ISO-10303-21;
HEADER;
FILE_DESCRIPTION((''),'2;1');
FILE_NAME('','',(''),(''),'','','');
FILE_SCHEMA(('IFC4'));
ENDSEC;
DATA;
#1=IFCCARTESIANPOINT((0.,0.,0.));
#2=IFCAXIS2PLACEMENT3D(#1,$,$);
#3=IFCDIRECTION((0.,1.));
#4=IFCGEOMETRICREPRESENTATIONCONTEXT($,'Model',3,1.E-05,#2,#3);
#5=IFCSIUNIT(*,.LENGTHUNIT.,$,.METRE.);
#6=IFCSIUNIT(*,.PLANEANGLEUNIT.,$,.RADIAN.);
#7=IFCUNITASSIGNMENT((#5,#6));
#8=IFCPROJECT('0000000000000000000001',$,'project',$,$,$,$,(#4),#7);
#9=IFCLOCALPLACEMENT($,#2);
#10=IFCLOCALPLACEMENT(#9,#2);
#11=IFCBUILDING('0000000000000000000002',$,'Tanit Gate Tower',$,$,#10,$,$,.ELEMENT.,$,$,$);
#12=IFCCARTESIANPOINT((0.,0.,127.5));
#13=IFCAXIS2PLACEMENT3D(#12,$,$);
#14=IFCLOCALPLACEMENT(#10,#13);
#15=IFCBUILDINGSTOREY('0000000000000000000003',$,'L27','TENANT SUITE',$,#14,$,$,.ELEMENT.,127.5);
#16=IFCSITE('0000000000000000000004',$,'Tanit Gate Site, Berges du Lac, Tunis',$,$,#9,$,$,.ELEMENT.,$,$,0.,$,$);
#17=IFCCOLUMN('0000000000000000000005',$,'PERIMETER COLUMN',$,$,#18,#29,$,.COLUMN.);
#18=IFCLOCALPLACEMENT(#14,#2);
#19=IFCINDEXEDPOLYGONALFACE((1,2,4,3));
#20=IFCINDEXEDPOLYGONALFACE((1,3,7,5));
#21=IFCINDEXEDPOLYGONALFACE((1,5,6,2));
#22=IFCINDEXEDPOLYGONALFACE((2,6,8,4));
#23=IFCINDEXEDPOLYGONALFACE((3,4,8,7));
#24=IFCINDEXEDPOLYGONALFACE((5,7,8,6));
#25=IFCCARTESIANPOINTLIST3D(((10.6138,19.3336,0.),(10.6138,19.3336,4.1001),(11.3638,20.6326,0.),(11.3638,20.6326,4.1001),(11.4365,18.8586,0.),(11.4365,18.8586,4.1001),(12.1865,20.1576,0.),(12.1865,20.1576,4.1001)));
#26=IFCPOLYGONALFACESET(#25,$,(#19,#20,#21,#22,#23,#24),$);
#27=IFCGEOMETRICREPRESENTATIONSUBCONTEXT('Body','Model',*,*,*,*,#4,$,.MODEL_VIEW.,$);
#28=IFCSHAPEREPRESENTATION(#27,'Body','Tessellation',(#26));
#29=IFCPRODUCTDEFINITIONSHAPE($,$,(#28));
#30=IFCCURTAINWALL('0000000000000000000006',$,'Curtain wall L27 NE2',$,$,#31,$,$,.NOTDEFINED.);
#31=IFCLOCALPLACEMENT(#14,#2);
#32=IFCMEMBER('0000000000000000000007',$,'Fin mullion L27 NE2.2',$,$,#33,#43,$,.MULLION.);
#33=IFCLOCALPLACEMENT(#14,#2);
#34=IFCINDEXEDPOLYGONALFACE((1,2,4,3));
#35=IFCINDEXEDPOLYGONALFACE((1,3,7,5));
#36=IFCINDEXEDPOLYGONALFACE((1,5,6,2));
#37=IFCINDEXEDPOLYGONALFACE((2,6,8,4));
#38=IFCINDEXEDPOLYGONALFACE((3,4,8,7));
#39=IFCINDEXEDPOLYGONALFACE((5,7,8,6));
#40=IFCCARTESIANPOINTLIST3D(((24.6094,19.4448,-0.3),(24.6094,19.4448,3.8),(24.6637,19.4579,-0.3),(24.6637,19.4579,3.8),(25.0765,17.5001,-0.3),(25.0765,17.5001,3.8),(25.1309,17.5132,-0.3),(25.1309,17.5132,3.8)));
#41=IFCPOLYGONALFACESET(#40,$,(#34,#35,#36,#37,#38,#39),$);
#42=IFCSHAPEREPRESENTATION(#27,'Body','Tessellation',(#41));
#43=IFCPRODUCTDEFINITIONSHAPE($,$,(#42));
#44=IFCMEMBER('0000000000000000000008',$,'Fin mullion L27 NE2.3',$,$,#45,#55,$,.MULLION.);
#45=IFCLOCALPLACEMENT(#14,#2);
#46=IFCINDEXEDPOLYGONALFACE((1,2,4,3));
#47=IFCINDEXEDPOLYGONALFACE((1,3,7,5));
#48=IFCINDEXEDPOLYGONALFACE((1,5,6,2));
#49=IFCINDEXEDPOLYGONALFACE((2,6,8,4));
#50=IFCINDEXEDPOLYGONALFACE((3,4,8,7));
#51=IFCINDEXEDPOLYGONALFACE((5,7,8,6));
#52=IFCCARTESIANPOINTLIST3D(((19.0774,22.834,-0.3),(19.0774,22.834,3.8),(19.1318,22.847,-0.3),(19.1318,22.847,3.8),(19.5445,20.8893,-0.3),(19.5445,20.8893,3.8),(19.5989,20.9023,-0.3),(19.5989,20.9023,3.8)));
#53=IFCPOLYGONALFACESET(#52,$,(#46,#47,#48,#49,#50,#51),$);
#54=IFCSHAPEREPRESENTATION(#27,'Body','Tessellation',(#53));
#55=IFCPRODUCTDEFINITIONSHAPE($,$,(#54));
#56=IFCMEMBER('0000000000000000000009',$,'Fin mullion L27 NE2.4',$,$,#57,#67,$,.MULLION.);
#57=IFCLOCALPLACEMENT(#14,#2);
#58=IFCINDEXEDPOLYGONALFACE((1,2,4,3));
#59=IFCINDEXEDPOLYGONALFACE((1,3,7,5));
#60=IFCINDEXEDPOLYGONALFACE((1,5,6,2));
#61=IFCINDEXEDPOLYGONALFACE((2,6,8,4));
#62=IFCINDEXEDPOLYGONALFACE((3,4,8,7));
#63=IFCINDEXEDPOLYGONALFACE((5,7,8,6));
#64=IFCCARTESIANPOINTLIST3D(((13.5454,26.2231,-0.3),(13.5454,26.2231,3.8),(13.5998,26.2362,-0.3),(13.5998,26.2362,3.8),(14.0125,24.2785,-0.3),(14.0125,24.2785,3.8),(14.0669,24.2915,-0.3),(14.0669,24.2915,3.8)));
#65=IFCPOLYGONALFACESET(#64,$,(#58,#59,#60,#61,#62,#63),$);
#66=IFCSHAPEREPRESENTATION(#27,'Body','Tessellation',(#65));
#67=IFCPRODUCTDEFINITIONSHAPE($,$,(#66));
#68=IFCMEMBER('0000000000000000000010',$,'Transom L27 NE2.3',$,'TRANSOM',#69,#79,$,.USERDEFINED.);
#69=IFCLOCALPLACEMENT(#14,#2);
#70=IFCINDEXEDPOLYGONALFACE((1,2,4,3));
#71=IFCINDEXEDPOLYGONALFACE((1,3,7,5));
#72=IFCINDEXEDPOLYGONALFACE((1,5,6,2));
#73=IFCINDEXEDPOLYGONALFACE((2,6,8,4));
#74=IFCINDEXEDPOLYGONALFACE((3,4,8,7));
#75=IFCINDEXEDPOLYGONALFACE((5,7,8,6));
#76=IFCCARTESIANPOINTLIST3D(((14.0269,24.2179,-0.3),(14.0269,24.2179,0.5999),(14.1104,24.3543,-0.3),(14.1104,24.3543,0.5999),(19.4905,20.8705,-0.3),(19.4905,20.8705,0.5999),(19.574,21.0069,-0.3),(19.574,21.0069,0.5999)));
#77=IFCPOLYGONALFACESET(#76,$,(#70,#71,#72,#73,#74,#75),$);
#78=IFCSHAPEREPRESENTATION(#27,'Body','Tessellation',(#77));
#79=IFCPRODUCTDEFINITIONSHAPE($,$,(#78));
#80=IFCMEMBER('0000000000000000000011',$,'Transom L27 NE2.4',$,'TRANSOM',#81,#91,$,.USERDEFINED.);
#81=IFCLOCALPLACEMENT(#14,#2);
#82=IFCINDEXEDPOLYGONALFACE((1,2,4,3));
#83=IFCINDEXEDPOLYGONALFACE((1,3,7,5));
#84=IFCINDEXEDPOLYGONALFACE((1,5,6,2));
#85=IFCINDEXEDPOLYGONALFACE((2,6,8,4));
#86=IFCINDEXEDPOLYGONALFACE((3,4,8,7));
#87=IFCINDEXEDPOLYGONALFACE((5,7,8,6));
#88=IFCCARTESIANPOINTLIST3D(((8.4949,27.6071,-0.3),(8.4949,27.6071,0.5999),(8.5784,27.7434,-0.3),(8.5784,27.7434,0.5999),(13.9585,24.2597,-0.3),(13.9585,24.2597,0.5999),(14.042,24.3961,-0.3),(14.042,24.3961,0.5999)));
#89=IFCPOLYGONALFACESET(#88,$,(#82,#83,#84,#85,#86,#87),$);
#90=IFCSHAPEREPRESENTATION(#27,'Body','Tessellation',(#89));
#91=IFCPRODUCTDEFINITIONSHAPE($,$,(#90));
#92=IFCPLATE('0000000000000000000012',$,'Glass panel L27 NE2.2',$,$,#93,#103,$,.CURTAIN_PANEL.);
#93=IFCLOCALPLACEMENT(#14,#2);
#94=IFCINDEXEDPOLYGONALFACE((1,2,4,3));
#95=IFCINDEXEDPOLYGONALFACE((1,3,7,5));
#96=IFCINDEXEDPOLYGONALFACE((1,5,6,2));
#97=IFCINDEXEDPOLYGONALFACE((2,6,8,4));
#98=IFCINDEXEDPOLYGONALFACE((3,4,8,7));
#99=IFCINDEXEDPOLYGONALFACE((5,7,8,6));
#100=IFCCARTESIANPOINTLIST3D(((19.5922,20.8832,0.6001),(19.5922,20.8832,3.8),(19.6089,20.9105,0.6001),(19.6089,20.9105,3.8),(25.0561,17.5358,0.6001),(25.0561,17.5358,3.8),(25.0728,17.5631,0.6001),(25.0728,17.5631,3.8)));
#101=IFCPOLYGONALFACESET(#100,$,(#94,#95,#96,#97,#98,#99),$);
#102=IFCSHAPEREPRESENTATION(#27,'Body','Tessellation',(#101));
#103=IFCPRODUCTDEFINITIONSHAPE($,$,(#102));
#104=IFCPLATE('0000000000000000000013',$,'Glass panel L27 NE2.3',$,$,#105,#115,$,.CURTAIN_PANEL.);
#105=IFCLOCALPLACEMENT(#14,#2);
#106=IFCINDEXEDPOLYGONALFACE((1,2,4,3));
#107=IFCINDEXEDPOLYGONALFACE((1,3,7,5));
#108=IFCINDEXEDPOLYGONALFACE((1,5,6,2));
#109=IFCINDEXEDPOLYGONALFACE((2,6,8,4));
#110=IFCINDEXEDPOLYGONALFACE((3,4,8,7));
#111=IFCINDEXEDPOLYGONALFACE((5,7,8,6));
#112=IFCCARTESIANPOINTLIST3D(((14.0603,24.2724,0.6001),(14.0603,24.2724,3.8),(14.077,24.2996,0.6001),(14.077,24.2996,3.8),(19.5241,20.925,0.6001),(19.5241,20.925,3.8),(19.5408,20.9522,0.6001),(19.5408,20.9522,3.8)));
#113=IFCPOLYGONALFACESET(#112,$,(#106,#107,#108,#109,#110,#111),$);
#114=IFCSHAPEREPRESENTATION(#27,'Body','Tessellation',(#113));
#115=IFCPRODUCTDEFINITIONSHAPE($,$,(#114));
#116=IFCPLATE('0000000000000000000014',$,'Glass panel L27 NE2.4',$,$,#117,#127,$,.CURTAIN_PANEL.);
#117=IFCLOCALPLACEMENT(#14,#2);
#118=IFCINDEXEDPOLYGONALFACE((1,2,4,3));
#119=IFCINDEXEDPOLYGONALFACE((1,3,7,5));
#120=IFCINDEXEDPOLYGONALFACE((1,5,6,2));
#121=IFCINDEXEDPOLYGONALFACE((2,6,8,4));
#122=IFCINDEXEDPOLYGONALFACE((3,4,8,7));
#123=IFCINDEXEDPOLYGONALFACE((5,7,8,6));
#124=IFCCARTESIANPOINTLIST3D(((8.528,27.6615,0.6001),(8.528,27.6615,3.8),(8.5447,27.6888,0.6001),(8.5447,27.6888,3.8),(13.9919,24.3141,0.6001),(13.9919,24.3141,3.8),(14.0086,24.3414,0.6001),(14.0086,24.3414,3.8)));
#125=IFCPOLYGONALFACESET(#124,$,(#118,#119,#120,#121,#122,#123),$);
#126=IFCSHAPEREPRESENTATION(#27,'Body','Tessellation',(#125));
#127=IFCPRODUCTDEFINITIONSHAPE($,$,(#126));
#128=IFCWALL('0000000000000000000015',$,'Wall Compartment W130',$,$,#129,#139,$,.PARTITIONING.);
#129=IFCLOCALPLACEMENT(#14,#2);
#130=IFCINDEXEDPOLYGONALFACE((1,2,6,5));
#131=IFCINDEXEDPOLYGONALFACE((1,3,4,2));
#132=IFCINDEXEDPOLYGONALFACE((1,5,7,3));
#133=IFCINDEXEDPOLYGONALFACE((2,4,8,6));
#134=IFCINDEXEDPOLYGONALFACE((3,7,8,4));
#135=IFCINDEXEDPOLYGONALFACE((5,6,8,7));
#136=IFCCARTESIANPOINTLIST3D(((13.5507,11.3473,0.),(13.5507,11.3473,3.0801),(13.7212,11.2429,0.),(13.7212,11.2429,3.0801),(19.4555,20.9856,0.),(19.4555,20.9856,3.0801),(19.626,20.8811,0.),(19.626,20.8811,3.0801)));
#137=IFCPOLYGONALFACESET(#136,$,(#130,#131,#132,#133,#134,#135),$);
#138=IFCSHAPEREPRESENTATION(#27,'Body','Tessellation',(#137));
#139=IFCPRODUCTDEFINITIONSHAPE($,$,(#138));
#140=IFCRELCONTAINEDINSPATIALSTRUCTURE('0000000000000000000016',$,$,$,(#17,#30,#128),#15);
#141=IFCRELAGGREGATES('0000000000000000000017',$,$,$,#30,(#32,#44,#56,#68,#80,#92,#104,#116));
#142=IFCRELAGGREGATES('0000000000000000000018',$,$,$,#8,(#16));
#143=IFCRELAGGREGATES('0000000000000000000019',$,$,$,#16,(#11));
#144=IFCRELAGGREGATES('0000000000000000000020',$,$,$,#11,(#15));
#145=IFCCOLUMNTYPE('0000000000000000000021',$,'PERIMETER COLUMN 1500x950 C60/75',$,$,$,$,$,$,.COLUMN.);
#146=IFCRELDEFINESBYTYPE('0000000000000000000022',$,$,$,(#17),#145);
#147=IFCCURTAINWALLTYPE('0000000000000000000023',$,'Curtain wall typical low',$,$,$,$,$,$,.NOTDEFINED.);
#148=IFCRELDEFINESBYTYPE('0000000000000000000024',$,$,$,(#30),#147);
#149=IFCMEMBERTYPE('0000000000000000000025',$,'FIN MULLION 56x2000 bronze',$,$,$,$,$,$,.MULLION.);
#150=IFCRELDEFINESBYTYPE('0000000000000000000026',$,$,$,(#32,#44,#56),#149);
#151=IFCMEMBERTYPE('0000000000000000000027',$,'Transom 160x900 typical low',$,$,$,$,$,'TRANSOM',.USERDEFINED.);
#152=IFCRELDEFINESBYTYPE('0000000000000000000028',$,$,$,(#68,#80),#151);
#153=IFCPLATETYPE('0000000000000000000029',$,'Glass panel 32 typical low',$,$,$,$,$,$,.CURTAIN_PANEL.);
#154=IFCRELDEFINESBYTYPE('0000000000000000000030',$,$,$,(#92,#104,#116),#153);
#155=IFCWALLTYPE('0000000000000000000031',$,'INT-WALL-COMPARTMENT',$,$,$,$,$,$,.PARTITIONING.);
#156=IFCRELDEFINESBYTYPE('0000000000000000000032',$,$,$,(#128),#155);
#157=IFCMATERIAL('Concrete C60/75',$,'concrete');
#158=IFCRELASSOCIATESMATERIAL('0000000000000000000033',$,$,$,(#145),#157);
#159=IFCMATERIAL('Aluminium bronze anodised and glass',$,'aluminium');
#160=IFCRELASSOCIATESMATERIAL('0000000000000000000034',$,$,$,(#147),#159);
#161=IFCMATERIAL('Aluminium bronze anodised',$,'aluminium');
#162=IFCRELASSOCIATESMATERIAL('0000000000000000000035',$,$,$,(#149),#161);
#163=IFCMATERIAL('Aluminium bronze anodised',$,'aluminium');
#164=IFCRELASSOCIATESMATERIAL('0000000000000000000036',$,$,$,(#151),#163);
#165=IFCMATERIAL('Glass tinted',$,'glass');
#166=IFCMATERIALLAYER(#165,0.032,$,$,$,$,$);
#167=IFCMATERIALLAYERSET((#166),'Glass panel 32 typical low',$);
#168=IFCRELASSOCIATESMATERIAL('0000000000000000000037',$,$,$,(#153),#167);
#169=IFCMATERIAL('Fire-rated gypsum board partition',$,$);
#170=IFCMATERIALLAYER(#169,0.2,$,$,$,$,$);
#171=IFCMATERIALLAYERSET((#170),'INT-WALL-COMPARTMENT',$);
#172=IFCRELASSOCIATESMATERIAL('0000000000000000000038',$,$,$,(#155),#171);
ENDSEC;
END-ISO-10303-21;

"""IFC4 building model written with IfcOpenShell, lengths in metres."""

from ifc_helpers import new_model, si_unit, direction, frame, frame_2d, origin, origin_2d, place, context, subcontext, project, spatial, rectangle, extrude, material, layer, layer_set, material_profile, profile_set, type_object, element, aggregate, save


model = new_model("IFC4")

# Units and contexts
model_context = context("Model", 3, precision=1e-05, world=origin(), true_north=direction((0.0, 1.0)))
body_context = subcontext(model_context, "Body", "Model", "MODEL_VIEW")
ifc_project = project(units=[si_unit("LENGTHUNIT", "METRE"), si_unit("PLANEANGLEUNIT", "RADIAN")], contexts=[model_context])

# Site, building, storey
site_placement = place(None, origin())
site = spatial("IfcSite", under=ifc_project, at=site_placement, Name="Tanit Gate Site, Berges du Lac, Tunis", CompositionType="ELEMENT", RefElevation=0.0)
building_placement = place(site_placement, origin())
building = spatial("IfcBuilding", under=site, at=building_placement, Name="Tanit Gate Tower", CompositionType="ELEMENT")
storey_placement = place(building_placement, frame((0.0, 0.0, 127.5)))
storey = spatial("IfcBuildingStorey", under=building, at=storey_placement, Name="L27", Description="TENANT SUITE", CompositionType="ELEMENT", Elevation=127.5)

# Column
ifc_material_1 = material(Name="Concrete C60/75", Category="concrete")
ifc_material_profile_1 = material_profile(ifc_material_1, rectangle(XDim=1.5, YDim=0.95, at=origin_2d()), Name="RC 1500x950")
ifc_profile_set_1 = profile_set([ifc_material_profile_1], Name="Concrete C60/75")
column_type = type_object("IfcColumnType", Name="PERIMETER COLUMN 1500x950 C60/75", PredefinedType="COLUMN", material=ifc_profile_set_1)
column_placement = place(storey_placement, frame((11.4001, 19.7456, 0.0), z_axis=(0.0, 0.0, 1.0), x_axis=(0.5, 0.866025, 0.0)))
element("IfcColumn", 1, at=column_placement, inside=storey, type_object=column_type, Name="PERIMETER COLUMN", PredefinedType="COLUMN", context=body_context, shape_type="SweptSolid", body=[
    extrude(rectangle(XDim=1.5, YDim=0.95, at=origin_2d()), origin(), (0.0, 0.0, 1.0), 4.1001),
])

# Curtain wall, members, plates
ifc_material_2 = material(Name="Aluminium bronze anodised and glass", Category="aluminium")
curtain_wall_type = type_object("IfcCurtainWallType", Name="Curtain wall typical low", PredefinedType="NOTDEFINED", material=ifc_material_2)
curtain_wall_placement = place(storey_placement, origin())
curtain_wall = element("IfcCurtainWall", 2, at=curtain_wall_placement, inside=storey, type_object=curtain_wall_type, Name="Curtain wall L27 NE2", PredefinedType="NOTDEFINED")
ifc_material_3 = material(Name="Aluminium bronze anodised", Category="aluminium")
ifc_material_profile_2 = material_profile(ifc_material_3, rectangle(XDim=2.0, YDim=0.0559, at=origin_2d()), Name="56x2000 bronze fin mullion")
ifc_profile_set_2 = profile_set([ifc_material_profile_2], Name="Aluminium bronze anodised")
member_type_1 = type_object("IfcMemberType", Name="FIN MULLION 56x2000 bronze", PredefinedType="MULLION", material=ifc_profile_set_2)
member_1_placement = place(storey_placement, frame((24.8701, 18.479, -0.3), z_axis=(0.0, 0.0, 1.0), x_axis=(0.233557, -0.972343, 0.0)))
member_1 = element("IfcMember", 3, at=member_1_placement, type_object=member_type_1, Name="Fin mullion L27 NE2.2", PredefinedType="MULLION", context=body_context, shape_type="SweptSolid", body=[
    extrude(rectangle(XDim=2.0, YDim=0.0559, at=origin_2d()), origin(), (0.0, 0.0, 1.0), 4.1001),
])
member_2_placement = place(storey_placement, frame((19.3381, 21.8682, -0.3), z_axis=(0.0, 0.0, 1.0), x_axis=(0.233557, -0.972343, 0.0)))
member_2 = element("IfcMember", 4, at=member_2_placement, type_object=member_type_1, Name="Fin mullion L27 NE2.3", PredefinedType="MULLION", context=body_context, shape_type="SweptSolid", body=[
    extrude(rectangle(XDim=2.0, YDim=0.0559, at=origin_2d()), origin(), (0.0, 0.0, 1.0), 4.1001),
])
member_3_placement = place(storey_placement, frame((13.8062, 25.2573, -0.3), z_axis=(0.0, 0.0, 1.0), x_axis=(0.233557, -0.972343, 0.0)))
member_3 = element("IfcMember", 5, at=member_3_placement, type_object=member_type_1, Name="Fin mullion L27 NE2.4", PredefinedType="MULLION", context=body_context, shape_type="SweptSolid", body=[
    extrude(rectangle(XDim=2.0, YDim=0.0559, at=origin_2d()), origin(), (0.0, 0.0, 1.0), 4.1001),
])
ifc_material_4 = material(Name="Aluminium bronze anodised", Category="aluminium")
ifc_material_profile_3 = material_profile(ifc_material_4, rectangle(XDim=0.1599, YDim=0.8999, at=origin_2d()), Name="160x900 bronze transom")
ifc_profile_set_3 = profile_set([ifc_material_profile_3], Name="Aluminium bronze anodised")
member_type_2 = type_object("IfcMemberType", Name="Transom 160x900 typical low", ElementType="TRANSOM", PredefinedType="USERDEFINED", material=ifc_profile_set_3)
member_4_placement = place(storey_placement, frame((19.5322, 20.9387, 0.1499), z_axis=(-0.852689, 0.522419, 0.0), x_axis=(-0.522419, -0.852689, 0.0)))
member_4 = element("IfcMember", 6, at=member_4_placement, type_object=member_type_2, Name="Transom L27 NE2.3", ObjectType="TRANSOM", PredefinedType="USERDEFINED", context=body_context, shape_type="SweptSolid", body=[
    extrude(rectangle(XDim=0.1599, YDim=0.8999, at=origin_2d()), origin(), (0.0, 0.0, 1.0), 6.4075),
])
member_5_placement = place(storey_placement, frame((14.0002, 24.3279, 0.1499), z_axis=(-0.852689, 0.522419, 0.0), x_axis=(-0.522419, -0.852689, 0.0)))
member_5 = element("IfcMember", 7, at=member_5_placement, type_object=member_type_2, Name="Transom L27 NE2.4", ObjectType="TRANSOM", PredefinedType="USERDEFINED", context=body_context, shape_type="SweptSolid", body=[
    extrude(rectangle(XDim=0.1599, YDim=0.8999, at=origin_2d()), origin(), (0.0, 0.0, 1.0), 6.4075),
])
ifc_material_5 = material(Name="Glass tinted", Category="glass")
ifc_layer_1 = layer(ifc_material_5, 0.032)
ifc_layer_set_1 = layer_set([ifc_layer_1], Name="Glass panel 32 typical low")
plate_type = type_object("IfcPlateType", Name="Glass panel 32 typical low", PredefinedType="CURTAIN_PANEL", material=ifc_layer_set_1)
plate_1_placement = place(storey_placement, frame((22.3325, 19.2231, 0.6001), z_axis=(0.0, 0.0, 1.0), x_axis=(-0.8527, 0.522401, 0.0)))
plate_1 = element("IfcPlate", 8, at=plate_1_placement, type_object=plate_type, Name="Glass panel L27 NE2.2", PredefinedType="CURTAIN_PANEL", context=body_context, shape_type="SweptSolid", body=[
    extrude(rectangle(XDim=6.4077, YDim=0.032, at=origin_2d()), origin(), (0.0, 0.0, 1.0), 3.2),
])
plate_2_placement = place(storey_placement, frame((16.8005, 22.6123, 0.6001), z_axis=(0.0, 0.0, 1.0), x_axis=(-0.8527, 0.522401, 0.0)))
plate_2 = element("IfcPlate", 9, at=plate_2_placement, type_object=plate_type, Name="Glass panel L27 NE2.3", PredefinedType="CURTAIN_PANEL", context=body_context, shape_type="SweptSolid", body=[
    extrude(rectangle(XDim=6.4077, YDim=0.032, at=origin_2d()), origin(), (0.0, 0.0, 1.0), 3.2),
])
plate_3_placement = place(storey_placement, frame((11.2683, 26.0015, 0.6001), z_axis=(0.0, 0.0, 1.0), x_axis=(-0.8527, 0.522401, 0.0)))
plate_3 = element("IfcPlate", 10, at=plate_3_placement, type_object=plate_type, Name="Glass panel L27 NE2.4", PredefinedType="CURTAIN_PANEL", context=body_context, shape_type="SweptSolid", body=[
    extrude(rectangle(XDim=6.4077, YDim=0.032, at=origin_2d()), origin(), (0.0, 0.0, 1.0), 3.2),
])
aggregate(curtain_wall, [member_1, member_2, member_3, member_4, member_5, plate_1, plate_2, plate_3])

# Wall
ifc_material_6 = material(Name="Fire-rated gypsum board partition")
ifc_layer_2 = layer(ifc_material_6, 0.2)
ifc_layer_set_2 = layer_set([ifc_layer_2], Name="INT-WALL-COMPARTMENT")
wall_type = type_object("IfcWallType", Name="INT-WALL-COMPARTMENT", PredefinedType="PARTITIONING", material=ifc_layer_set_2)
wall_placement = place(storey_placement, frame((19.5408, 20.9333, 0.0), z_axis=(0.0, 0.0, 1.0), x_axis=(-0.522402, -0.852699, 0.0)))
element("IfcWall", 11, at=wall_placement, inside=storey, type_object=wall_type, Name="Wall Compartment W130", PredefinedType="PARTITIONING", context=body_context, shape_type="SweptSolid", body=[
    extrude(rectangle(XDim=11.3032, YDim=0.2, at=frame_2d((5.6516, 0.0))), origin(), (0.0, 0.0, 1.0), 3.0801),
])

save(model, "model.ifc")
